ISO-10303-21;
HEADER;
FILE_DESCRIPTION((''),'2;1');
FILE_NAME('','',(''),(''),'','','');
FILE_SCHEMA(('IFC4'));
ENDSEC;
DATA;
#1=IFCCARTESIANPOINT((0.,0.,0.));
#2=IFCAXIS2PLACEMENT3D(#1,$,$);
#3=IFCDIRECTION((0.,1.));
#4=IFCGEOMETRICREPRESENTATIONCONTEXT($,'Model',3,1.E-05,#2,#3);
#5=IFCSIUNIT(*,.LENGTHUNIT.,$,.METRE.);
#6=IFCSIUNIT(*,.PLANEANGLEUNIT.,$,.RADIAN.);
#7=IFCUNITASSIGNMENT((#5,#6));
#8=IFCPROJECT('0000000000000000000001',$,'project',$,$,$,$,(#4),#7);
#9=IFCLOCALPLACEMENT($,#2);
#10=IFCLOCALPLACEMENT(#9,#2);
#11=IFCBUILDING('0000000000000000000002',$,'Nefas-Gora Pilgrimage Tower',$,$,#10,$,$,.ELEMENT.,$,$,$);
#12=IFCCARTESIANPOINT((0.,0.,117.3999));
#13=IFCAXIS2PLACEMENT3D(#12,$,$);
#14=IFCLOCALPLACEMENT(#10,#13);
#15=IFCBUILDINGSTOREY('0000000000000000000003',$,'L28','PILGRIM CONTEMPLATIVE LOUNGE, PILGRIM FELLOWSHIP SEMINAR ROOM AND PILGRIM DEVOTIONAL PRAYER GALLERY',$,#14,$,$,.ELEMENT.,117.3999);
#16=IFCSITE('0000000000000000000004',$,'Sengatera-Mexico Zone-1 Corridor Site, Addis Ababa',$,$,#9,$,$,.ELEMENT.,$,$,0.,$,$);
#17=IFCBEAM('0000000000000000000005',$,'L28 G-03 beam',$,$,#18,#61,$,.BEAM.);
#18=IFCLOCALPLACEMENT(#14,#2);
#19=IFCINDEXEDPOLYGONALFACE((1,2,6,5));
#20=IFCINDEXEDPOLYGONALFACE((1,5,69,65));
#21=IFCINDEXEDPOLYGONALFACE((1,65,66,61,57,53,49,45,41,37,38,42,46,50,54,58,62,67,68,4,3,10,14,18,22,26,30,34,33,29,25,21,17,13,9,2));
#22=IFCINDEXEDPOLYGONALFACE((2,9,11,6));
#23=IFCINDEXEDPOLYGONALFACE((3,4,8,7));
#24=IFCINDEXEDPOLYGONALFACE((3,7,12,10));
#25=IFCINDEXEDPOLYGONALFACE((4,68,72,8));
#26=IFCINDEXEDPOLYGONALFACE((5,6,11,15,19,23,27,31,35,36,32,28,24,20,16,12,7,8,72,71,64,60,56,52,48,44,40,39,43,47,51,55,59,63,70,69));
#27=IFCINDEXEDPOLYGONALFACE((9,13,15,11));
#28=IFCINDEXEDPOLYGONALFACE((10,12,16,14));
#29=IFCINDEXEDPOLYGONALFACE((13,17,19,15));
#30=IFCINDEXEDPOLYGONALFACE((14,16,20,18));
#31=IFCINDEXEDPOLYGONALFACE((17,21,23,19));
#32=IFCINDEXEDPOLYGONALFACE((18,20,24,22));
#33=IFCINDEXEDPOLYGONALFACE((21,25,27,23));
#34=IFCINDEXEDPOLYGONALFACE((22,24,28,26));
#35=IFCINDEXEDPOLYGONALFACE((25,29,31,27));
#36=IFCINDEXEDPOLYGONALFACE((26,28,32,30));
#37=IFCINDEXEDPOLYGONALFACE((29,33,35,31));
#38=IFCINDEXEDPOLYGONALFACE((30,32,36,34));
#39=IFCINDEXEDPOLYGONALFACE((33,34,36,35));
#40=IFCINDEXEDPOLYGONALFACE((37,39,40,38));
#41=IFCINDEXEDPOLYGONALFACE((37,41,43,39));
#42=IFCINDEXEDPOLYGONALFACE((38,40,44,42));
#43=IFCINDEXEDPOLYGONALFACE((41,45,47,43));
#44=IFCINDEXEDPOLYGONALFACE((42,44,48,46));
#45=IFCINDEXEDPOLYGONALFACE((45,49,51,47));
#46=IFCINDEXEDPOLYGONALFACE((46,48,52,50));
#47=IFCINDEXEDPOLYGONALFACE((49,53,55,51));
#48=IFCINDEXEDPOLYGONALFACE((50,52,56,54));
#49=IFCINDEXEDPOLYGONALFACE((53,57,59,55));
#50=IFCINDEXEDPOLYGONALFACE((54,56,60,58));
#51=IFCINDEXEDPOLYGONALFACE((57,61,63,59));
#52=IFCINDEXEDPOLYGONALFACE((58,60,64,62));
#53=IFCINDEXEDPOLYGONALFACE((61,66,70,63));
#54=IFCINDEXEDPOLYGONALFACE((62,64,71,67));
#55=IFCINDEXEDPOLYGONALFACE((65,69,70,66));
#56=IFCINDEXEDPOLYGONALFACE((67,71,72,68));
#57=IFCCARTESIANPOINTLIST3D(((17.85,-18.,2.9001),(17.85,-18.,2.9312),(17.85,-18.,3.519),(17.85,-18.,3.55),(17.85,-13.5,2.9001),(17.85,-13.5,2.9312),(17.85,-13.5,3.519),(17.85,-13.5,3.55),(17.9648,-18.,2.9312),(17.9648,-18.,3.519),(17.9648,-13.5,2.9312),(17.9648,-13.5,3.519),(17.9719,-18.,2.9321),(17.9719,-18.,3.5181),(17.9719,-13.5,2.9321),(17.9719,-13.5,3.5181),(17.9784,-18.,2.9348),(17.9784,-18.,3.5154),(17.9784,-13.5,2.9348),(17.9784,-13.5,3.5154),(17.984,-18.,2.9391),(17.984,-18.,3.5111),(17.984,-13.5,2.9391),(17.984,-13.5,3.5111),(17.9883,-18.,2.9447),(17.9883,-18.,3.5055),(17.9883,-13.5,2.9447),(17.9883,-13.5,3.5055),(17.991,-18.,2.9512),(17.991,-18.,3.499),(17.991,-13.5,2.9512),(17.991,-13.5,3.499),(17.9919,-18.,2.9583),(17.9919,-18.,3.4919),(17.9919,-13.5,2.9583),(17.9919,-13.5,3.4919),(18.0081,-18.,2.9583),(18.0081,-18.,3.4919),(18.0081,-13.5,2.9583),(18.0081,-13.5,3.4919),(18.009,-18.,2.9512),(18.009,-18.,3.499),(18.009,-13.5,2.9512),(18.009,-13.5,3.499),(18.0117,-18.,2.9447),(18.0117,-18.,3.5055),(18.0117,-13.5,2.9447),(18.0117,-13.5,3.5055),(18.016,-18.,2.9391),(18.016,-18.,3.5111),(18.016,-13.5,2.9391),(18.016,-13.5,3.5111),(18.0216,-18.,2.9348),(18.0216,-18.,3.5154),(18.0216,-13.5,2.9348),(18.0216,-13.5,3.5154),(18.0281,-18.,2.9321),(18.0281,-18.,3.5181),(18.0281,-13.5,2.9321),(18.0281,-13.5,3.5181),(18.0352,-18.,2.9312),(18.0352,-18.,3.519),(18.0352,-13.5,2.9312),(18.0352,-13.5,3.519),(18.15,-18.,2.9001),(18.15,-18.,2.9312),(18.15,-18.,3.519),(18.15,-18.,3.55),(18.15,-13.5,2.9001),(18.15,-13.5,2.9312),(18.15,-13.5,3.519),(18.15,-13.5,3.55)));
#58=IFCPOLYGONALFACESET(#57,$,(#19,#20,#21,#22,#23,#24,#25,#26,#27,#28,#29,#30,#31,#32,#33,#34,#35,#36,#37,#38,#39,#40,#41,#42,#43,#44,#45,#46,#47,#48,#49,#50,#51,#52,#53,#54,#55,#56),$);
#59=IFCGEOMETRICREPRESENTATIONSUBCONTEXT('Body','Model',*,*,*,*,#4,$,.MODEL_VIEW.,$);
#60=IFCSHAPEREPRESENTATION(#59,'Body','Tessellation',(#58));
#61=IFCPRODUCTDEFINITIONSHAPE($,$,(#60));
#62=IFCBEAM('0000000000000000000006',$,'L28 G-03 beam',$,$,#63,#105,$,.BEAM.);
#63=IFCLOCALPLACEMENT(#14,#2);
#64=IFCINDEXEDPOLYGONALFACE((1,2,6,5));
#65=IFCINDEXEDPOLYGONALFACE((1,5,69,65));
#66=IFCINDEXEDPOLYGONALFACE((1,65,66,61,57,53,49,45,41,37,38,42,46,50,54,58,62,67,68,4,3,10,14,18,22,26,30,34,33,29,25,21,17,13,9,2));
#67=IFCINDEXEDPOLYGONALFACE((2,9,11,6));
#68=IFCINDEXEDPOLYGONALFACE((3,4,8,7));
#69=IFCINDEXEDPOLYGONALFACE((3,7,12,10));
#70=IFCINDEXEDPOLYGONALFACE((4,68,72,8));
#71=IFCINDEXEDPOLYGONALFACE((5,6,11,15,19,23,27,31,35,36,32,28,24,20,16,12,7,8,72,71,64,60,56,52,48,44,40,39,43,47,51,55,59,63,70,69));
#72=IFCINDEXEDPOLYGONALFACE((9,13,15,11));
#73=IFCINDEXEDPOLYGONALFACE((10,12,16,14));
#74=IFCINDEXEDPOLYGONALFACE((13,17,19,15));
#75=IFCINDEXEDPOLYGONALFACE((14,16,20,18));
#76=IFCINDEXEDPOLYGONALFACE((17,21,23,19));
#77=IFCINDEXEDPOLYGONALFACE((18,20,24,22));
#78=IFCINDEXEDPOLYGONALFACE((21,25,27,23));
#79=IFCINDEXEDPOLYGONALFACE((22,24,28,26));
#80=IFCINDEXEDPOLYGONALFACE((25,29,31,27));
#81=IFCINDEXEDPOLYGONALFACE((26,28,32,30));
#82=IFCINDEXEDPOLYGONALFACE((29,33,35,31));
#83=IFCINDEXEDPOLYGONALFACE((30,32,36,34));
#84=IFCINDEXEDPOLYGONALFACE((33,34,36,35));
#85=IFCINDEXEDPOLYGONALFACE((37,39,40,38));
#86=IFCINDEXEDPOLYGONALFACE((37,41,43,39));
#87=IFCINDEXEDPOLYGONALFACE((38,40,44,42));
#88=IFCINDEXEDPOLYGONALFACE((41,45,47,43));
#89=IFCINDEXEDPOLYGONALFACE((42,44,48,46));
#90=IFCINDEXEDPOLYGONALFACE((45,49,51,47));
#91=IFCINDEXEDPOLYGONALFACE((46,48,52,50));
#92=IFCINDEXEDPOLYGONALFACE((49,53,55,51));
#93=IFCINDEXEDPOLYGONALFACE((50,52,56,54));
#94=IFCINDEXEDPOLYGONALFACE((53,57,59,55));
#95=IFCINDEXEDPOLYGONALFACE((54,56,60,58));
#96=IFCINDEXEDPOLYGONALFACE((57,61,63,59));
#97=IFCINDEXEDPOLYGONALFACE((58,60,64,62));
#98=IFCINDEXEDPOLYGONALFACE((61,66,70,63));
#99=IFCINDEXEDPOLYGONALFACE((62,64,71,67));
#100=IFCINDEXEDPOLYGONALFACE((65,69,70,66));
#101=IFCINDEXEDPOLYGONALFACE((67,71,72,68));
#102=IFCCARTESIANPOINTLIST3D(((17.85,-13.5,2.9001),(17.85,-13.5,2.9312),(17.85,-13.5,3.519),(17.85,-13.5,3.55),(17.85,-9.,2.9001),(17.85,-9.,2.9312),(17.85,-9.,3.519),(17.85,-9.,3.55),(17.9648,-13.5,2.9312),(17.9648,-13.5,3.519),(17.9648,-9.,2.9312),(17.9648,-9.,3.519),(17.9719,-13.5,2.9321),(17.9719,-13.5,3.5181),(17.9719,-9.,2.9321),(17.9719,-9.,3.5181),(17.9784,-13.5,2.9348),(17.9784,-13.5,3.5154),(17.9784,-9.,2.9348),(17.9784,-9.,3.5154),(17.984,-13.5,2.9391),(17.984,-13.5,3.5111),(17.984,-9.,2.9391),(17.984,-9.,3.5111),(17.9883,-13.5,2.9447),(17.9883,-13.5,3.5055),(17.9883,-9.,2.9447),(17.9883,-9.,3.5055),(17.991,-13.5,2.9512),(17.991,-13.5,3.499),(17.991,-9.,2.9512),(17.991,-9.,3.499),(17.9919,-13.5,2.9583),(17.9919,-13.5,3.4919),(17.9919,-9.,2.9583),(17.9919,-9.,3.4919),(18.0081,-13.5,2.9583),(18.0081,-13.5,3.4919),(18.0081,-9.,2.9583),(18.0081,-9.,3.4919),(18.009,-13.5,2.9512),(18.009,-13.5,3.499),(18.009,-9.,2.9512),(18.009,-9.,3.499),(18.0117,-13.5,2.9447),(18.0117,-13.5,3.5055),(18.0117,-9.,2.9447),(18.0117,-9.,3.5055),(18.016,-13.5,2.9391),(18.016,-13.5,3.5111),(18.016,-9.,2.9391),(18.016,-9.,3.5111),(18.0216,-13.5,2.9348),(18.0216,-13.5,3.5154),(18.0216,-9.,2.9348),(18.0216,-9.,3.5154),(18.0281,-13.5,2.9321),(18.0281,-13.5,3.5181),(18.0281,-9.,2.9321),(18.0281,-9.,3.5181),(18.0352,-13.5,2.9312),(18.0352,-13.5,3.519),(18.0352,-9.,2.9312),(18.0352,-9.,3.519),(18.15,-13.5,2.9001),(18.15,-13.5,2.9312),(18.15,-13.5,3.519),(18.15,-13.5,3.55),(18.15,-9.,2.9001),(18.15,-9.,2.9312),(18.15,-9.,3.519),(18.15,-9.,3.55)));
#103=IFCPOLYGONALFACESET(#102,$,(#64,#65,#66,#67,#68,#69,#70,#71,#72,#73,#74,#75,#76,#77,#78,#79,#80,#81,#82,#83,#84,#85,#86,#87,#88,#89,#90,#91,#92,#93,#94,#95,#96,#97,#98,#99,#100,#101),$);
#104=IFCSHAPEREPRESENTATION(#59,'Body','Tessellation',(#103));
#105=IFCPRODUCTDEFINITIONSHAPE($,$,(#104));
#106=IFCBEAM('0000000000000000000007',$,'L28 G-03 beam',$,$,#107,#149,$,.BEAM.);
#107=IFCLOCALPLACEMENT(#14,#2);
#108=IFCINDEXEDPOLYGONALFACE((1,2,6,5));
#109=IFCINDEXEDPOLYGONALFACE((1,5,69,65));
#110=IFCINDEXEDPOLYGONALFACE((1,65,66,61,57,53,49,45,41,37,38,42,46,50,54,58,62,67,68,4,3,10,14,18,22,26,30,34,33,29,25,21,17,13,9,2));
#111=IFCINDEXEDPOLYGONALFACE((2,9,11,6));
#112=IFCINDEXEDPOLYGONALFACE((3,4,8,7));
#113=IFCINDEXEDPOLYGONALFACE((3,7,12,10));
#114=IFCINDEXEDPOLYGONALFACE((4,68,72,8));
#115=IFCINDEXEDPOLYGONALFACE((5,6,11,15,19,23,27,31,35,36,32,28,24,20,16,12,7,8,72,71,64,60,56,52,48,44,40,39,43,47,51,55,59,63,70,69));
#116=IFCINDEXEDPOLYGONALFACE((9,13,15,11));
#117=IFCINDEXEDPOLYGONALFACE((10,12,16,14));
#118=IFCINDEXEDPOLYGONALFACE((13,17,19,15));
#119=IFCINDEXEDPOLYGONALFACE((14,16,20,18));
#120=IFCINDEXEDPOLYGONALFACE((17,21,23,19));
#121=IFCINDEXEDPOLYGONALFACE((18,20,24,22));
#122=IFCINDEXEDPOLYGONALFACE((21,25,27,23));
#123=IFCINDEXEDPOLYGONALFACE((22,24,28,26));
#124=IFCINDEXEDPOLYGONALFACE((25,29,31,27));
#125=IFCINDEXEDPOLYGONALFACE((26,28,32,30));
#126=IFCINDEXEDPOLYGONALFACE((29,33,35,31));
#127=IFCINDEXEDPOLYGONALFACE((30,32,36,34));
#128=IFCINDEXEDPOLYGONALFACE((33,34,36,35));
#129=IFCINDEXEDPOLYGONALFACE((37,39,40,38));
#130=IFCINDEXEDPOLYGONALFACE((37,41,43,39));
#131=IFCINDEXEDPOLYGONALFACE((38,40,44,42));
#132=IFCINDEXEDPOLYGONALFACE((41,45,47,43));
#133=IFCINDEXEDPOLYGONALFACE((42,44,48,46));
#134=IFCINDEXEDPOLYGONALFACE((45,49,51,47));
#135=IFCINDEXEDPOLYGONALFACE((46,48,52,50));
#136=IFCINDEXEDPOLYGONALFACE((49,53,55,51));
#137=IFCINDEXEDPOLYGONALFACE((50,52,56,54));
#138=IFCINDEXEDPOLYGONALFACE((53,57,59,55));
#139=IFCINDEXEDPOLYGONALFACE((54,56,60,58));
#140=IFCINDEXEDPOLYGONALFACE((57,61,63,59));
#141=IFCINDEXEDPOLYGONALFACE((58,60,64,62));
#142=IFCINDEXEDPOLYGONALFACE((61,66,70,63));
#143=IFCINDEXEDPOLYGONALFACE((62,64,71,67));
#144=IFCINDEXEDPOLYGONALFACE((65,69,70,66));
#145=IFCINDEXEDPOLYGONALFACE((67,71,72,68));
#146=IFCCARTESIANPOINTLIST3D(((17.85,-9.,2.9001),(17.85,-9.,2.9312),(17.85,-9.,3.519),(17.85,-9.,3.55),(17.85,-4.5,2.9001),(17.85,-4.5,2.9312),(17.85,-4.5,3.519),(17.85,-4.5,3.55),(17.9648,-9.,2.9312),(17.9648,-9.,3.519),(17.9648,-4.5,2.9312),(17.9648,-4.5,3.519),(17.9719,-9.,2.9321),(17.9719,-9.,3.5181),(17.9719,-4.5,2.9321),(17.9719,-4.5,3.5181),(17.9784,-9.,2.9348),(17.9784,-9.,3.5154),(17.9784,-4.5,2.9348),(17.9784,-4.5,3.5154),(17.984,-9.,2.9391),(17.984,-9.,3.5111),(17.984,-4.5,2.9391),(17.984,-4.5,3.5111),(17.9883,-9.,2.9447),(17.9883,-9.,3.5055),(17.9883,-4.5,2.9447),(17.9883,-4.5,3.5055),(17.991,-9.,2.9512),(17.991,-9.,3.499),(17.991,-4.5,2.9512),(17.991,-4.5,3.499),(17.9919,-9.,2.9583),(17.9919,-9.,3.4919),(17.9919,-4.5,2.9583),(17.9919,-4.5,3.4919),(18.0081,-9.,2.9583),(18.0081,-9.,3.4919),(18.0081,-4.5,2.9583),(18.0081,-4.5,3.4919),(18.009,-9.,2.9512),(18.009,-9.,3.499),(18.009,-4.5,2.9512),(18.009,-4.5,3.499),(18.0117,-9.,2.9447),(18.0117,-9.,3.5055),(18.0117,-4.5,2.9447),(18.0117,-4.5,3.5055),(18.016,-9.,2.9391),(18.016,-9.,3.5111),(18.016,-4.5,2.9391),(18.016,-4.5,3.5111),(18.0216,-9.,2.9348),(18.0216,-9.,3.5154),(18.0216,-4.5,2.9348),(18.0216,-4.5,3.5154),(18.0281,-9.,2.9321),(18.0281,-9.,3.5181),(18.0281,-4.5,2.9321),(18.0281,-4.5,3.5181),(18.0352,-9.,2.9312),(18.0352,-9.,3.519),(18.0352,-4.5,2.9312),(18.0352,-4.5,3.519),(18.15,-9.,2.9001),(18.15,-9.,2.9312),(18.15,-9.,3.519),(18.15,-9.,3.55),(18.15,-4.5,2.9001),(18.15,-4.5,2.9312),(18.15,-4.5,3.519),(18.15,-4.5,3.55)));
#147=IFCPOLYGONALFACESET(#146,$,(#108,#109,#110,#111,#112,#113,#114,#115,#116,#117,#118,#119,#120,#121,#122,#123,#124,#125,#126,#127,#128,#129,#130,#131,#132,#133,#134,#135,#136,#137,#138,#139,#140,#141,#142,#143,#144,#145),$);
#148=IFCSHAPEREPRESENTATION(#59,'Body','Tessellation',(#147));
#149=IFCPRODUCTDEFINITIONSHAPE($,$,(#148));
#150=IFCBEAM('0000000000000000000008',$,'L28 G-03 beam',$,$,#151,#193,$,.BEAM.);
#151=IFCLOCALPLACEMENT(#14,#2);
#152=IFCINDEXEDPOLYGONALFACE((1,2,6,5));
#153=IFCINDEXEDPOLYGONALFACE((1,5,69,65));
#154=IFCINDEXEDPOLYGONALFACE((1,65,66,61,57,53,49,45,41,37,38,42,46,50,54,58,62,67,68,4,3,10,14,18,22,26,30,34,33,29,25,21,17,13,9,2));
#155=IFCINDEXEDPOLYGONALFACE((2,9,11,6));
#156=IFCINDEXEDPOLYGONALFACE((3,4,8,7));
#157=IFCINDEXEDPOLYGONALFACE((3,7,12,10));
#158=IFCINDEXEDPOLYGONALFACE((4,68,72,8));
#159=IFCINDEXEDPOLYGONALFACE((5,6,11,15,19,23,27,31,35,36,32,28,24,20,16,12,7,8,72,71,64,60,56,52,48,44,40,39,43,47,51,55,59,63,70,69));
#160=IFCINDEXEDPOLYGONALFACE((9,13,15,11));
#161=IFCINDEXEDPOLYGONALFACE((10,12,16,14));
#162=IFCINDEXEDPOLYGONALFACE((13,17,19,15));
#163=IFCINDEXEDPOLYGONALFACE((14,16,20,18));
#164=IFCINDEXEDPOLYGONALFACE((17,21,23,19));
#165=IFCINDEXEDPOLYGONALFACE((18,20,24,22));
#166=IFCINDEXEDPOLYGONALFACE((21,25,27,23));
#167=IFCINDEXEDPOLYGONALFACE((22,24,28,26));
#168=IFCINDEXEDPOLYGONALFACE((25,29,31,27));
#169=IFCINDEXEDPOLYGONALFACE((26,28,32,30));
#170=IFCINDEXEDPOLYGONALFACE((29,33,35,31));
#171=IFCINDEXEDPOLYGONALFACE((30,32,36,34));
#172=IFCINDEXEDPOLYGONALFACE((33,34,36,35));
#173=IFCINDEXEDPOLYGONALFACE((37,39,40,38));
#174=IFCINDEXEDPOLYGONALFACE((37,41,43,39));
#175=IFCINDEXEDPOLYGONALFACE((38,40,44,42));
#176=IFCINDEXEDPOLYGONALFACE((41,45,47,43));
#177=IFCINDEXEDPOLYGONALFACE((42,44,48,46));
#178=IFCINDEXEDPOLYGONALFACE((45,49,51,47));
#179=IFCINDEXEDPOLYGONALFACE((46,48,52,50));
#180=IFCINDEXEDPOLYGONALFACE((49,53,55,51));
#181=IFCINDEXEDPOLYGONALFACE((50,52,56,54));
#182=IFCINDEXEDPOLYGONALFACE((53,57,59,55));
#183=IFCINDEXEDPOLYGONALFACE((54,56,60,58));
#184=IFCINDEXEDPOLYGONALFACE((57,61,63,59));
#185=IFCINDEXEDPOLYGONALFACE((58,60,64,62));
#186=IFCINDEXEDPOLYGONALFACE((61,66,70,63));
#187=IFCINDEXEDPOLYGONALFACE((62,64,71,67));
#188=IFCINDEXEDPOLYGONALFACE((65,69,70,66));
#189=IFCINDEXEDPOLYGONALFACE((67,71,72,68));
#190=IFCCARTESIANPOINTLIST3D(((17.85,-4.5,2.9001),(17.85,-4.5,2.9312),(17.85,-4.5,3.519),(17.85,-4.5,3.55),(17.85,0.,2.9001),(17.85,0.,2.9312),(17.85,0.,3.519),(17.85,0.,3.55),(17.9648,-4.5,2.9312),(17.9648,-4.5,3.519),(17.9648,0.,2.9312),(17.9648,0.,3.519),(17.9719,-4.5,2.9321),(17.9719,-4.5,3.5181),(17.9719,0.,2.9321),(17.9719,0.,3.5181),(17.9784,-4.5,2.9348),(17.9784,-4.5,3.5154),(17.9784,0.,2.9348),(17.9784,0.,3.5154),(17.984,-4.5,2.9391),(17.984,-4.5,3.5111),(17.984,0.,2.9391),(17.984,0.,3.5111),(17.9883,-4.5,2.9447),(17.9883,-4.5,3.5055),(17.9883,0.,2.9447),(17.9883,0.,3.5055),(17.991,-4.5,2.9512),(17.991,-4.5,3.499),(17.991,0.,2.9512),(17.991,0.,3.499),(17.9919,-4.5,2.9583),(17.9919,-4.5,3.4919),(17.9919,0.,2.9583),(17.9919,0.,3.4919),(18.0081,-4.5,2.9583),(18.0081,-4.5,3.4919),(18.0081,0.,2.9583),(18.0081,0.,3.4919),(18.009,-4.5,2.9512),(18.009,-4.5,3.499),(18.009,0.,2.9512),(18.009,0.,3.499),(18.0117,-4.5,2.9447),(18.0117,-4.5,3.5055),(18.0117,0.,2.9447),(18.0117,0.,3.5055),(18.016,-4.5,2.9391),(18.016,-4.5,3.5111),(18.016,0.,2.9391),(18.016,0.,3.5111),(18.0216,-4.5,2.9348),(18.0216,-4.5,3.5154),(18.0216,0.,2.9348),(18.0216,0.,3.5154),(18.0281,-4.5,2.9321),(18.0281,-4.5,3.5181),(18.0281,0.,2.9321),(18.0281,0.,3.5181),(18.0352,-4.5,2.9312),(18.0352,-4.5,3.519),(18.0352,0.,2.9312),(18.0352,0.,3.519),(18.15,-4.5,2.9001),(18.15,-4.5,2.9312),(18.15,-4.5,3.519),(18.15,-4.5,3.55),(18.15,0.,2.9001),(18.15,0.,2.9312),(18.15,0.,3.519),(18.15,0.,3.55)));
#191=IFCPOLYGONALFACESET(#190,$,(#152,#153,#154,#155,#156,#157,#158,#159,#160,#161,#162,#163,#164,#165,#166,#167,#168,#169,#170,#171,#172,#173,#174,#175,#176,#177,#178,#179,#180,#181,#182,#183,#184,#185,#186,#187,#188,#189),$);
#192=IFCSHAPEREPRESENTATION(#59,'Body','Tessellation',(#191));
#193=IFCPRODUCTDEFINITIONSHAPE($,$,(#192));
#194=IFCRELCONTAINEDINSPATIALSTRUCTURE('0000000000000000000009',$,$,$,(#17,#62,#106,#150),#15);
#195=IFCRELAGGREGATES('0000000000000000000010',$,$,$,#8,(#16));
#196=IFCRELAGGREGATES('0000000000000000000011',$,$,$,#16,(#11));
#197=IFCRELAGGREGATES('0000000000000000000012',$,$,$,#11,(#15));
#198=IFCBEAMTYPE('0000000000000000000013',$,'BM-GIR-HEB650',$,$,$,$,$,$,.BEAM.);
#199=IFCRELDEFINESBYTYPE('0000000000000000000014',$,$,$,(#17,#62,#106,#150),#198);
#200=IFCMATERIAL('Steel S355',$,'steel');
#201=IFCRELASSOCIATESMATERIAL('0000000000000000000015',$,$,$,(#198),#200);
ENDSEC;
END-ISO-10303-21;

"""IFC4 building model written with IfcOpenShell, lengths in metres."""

from ifc_helpers import new_model, si_unit, direction, frame, origin, origin_2d, place, context, subcontext, project, spatial, i_section, extrude, source, transform, mapped, material, material_profile, profile_set, type_object, element, save


model = new_model("IFC4")

# Units and contexts
model_context = context("Model", 3, precision=1e-05, world=origin(), true_north=direction((0.0, 1.0)))
body_context = subcontext(model_context, "Body", "Model", "MODEL_VIEW")
ifc_project = project(units=[si_unit("LENGTHUNIT", "METRE"), si_unit("PLANEANGLEUNIT", "RADIAN")], contexts=[model_context])

# Site, building, storey
site_placement = place(None, origin())
site = spatial("IfcSite", under=ifc_project, at=site_placement, Name="Sengatera-Mexico Zone-1 Corridor Site, Addis Ababa", CompositionType="ELEMENT", RefElevation=0.0)
building_placement = place(site_placement, origin())
building = spatial("IfcBuilding", under=site, at=building_placement, Name="Nefas-Gora Pilgrimage Tower", CompositionType="ELEMENT")
storey_placement = place(building_placement, frame((0.0, 0.0, 117.3999)))
storey = spatial("IfcBuildingStorey", under=building, at=storey_placement, Name="L28", Description="PILGRIM CONTEMPLATIVE LOUNGE, PILGRIM FELLOWSHIP SEMINAR ROOM AND PILGRIM DEVOTIONAL PRAYER GALLERY", CompositionType="ELEMENT", Elevation=117.3999)

# Beams
ifc_material_1 = material(Name="Steel S355", Category="steel")
ifc_material_profile_1 = material_profile(ifc_material_1, i_section(OverallWidth=0.3, OverallDepth=0.6499, WebThickness=0.0161, FlangeThickness=0.031, FilletRadius=0.0271, at=origin_2d()), Name="HEB 650")
ifc_profile_set_1 = profile_set([ifc_material_profile_1], Name="Steel S355")
beam_type_1 = type_object("IfcBeamType", Name="BM-GIR-HEB650", PredefinedType="BEAM", material=ifc_profile_set_1)
shared_shape_1 = source(origin(), body_context, "Body", "SweptSolid", [
    extrude(i_section(OverallWidth=0.3, OverallDepth=0.6499, WebThickness=0.0161, FlangeThickness=0.031, FilletRadius=0.0271, at=origin_2d()), origin(), (0.0, 0.0, 1.0), 4.5),
])
for number, where, z_axis, x_axis, name in (
    (1, (18.0, -18.0, 3.2251), (0.0, 1.0, 0.0), (-1.0, 0.0, 0.0), "L28 G-03 beam"),
    (2, (18.0, -13.5, 3.2251), (0.0, 1.0, 0.0), (-1.0, 0.0, 0.0), "L28 G-03 beam"),
    (3, (18.0, -9.0, 3.2251), (0.0, 1.0, 0.0), (-1.0, 0.0, 0.0), "L28 G-03 beam"),
    (4, (18.0, -4.5, 3.2251), (0.0, 1.0, 0.0), (-1.0, 0.0, 0.0), "L28 G-03 beam"),
):
    element("IfcBeam", number, at=place(storey_placement, frame(where, z_axis=z_axis, x_axis=x_axis)), inside=storey, type_object=beam_type_1, Name=name, PredefinedType="BEAM", context=body_context, shape_type="MappedRepresentation", body=[
        mapped(shared_shape_1, transform((0.0, 0.0, 0.0), x_axis=(1.0, 0.0, 0.0), y_axis=(0.0, 1.0, 0.0), z_axis=(0.0, 0.0, 1.0), scale=1.0)),
    ])

save(model, "model.ifc")
